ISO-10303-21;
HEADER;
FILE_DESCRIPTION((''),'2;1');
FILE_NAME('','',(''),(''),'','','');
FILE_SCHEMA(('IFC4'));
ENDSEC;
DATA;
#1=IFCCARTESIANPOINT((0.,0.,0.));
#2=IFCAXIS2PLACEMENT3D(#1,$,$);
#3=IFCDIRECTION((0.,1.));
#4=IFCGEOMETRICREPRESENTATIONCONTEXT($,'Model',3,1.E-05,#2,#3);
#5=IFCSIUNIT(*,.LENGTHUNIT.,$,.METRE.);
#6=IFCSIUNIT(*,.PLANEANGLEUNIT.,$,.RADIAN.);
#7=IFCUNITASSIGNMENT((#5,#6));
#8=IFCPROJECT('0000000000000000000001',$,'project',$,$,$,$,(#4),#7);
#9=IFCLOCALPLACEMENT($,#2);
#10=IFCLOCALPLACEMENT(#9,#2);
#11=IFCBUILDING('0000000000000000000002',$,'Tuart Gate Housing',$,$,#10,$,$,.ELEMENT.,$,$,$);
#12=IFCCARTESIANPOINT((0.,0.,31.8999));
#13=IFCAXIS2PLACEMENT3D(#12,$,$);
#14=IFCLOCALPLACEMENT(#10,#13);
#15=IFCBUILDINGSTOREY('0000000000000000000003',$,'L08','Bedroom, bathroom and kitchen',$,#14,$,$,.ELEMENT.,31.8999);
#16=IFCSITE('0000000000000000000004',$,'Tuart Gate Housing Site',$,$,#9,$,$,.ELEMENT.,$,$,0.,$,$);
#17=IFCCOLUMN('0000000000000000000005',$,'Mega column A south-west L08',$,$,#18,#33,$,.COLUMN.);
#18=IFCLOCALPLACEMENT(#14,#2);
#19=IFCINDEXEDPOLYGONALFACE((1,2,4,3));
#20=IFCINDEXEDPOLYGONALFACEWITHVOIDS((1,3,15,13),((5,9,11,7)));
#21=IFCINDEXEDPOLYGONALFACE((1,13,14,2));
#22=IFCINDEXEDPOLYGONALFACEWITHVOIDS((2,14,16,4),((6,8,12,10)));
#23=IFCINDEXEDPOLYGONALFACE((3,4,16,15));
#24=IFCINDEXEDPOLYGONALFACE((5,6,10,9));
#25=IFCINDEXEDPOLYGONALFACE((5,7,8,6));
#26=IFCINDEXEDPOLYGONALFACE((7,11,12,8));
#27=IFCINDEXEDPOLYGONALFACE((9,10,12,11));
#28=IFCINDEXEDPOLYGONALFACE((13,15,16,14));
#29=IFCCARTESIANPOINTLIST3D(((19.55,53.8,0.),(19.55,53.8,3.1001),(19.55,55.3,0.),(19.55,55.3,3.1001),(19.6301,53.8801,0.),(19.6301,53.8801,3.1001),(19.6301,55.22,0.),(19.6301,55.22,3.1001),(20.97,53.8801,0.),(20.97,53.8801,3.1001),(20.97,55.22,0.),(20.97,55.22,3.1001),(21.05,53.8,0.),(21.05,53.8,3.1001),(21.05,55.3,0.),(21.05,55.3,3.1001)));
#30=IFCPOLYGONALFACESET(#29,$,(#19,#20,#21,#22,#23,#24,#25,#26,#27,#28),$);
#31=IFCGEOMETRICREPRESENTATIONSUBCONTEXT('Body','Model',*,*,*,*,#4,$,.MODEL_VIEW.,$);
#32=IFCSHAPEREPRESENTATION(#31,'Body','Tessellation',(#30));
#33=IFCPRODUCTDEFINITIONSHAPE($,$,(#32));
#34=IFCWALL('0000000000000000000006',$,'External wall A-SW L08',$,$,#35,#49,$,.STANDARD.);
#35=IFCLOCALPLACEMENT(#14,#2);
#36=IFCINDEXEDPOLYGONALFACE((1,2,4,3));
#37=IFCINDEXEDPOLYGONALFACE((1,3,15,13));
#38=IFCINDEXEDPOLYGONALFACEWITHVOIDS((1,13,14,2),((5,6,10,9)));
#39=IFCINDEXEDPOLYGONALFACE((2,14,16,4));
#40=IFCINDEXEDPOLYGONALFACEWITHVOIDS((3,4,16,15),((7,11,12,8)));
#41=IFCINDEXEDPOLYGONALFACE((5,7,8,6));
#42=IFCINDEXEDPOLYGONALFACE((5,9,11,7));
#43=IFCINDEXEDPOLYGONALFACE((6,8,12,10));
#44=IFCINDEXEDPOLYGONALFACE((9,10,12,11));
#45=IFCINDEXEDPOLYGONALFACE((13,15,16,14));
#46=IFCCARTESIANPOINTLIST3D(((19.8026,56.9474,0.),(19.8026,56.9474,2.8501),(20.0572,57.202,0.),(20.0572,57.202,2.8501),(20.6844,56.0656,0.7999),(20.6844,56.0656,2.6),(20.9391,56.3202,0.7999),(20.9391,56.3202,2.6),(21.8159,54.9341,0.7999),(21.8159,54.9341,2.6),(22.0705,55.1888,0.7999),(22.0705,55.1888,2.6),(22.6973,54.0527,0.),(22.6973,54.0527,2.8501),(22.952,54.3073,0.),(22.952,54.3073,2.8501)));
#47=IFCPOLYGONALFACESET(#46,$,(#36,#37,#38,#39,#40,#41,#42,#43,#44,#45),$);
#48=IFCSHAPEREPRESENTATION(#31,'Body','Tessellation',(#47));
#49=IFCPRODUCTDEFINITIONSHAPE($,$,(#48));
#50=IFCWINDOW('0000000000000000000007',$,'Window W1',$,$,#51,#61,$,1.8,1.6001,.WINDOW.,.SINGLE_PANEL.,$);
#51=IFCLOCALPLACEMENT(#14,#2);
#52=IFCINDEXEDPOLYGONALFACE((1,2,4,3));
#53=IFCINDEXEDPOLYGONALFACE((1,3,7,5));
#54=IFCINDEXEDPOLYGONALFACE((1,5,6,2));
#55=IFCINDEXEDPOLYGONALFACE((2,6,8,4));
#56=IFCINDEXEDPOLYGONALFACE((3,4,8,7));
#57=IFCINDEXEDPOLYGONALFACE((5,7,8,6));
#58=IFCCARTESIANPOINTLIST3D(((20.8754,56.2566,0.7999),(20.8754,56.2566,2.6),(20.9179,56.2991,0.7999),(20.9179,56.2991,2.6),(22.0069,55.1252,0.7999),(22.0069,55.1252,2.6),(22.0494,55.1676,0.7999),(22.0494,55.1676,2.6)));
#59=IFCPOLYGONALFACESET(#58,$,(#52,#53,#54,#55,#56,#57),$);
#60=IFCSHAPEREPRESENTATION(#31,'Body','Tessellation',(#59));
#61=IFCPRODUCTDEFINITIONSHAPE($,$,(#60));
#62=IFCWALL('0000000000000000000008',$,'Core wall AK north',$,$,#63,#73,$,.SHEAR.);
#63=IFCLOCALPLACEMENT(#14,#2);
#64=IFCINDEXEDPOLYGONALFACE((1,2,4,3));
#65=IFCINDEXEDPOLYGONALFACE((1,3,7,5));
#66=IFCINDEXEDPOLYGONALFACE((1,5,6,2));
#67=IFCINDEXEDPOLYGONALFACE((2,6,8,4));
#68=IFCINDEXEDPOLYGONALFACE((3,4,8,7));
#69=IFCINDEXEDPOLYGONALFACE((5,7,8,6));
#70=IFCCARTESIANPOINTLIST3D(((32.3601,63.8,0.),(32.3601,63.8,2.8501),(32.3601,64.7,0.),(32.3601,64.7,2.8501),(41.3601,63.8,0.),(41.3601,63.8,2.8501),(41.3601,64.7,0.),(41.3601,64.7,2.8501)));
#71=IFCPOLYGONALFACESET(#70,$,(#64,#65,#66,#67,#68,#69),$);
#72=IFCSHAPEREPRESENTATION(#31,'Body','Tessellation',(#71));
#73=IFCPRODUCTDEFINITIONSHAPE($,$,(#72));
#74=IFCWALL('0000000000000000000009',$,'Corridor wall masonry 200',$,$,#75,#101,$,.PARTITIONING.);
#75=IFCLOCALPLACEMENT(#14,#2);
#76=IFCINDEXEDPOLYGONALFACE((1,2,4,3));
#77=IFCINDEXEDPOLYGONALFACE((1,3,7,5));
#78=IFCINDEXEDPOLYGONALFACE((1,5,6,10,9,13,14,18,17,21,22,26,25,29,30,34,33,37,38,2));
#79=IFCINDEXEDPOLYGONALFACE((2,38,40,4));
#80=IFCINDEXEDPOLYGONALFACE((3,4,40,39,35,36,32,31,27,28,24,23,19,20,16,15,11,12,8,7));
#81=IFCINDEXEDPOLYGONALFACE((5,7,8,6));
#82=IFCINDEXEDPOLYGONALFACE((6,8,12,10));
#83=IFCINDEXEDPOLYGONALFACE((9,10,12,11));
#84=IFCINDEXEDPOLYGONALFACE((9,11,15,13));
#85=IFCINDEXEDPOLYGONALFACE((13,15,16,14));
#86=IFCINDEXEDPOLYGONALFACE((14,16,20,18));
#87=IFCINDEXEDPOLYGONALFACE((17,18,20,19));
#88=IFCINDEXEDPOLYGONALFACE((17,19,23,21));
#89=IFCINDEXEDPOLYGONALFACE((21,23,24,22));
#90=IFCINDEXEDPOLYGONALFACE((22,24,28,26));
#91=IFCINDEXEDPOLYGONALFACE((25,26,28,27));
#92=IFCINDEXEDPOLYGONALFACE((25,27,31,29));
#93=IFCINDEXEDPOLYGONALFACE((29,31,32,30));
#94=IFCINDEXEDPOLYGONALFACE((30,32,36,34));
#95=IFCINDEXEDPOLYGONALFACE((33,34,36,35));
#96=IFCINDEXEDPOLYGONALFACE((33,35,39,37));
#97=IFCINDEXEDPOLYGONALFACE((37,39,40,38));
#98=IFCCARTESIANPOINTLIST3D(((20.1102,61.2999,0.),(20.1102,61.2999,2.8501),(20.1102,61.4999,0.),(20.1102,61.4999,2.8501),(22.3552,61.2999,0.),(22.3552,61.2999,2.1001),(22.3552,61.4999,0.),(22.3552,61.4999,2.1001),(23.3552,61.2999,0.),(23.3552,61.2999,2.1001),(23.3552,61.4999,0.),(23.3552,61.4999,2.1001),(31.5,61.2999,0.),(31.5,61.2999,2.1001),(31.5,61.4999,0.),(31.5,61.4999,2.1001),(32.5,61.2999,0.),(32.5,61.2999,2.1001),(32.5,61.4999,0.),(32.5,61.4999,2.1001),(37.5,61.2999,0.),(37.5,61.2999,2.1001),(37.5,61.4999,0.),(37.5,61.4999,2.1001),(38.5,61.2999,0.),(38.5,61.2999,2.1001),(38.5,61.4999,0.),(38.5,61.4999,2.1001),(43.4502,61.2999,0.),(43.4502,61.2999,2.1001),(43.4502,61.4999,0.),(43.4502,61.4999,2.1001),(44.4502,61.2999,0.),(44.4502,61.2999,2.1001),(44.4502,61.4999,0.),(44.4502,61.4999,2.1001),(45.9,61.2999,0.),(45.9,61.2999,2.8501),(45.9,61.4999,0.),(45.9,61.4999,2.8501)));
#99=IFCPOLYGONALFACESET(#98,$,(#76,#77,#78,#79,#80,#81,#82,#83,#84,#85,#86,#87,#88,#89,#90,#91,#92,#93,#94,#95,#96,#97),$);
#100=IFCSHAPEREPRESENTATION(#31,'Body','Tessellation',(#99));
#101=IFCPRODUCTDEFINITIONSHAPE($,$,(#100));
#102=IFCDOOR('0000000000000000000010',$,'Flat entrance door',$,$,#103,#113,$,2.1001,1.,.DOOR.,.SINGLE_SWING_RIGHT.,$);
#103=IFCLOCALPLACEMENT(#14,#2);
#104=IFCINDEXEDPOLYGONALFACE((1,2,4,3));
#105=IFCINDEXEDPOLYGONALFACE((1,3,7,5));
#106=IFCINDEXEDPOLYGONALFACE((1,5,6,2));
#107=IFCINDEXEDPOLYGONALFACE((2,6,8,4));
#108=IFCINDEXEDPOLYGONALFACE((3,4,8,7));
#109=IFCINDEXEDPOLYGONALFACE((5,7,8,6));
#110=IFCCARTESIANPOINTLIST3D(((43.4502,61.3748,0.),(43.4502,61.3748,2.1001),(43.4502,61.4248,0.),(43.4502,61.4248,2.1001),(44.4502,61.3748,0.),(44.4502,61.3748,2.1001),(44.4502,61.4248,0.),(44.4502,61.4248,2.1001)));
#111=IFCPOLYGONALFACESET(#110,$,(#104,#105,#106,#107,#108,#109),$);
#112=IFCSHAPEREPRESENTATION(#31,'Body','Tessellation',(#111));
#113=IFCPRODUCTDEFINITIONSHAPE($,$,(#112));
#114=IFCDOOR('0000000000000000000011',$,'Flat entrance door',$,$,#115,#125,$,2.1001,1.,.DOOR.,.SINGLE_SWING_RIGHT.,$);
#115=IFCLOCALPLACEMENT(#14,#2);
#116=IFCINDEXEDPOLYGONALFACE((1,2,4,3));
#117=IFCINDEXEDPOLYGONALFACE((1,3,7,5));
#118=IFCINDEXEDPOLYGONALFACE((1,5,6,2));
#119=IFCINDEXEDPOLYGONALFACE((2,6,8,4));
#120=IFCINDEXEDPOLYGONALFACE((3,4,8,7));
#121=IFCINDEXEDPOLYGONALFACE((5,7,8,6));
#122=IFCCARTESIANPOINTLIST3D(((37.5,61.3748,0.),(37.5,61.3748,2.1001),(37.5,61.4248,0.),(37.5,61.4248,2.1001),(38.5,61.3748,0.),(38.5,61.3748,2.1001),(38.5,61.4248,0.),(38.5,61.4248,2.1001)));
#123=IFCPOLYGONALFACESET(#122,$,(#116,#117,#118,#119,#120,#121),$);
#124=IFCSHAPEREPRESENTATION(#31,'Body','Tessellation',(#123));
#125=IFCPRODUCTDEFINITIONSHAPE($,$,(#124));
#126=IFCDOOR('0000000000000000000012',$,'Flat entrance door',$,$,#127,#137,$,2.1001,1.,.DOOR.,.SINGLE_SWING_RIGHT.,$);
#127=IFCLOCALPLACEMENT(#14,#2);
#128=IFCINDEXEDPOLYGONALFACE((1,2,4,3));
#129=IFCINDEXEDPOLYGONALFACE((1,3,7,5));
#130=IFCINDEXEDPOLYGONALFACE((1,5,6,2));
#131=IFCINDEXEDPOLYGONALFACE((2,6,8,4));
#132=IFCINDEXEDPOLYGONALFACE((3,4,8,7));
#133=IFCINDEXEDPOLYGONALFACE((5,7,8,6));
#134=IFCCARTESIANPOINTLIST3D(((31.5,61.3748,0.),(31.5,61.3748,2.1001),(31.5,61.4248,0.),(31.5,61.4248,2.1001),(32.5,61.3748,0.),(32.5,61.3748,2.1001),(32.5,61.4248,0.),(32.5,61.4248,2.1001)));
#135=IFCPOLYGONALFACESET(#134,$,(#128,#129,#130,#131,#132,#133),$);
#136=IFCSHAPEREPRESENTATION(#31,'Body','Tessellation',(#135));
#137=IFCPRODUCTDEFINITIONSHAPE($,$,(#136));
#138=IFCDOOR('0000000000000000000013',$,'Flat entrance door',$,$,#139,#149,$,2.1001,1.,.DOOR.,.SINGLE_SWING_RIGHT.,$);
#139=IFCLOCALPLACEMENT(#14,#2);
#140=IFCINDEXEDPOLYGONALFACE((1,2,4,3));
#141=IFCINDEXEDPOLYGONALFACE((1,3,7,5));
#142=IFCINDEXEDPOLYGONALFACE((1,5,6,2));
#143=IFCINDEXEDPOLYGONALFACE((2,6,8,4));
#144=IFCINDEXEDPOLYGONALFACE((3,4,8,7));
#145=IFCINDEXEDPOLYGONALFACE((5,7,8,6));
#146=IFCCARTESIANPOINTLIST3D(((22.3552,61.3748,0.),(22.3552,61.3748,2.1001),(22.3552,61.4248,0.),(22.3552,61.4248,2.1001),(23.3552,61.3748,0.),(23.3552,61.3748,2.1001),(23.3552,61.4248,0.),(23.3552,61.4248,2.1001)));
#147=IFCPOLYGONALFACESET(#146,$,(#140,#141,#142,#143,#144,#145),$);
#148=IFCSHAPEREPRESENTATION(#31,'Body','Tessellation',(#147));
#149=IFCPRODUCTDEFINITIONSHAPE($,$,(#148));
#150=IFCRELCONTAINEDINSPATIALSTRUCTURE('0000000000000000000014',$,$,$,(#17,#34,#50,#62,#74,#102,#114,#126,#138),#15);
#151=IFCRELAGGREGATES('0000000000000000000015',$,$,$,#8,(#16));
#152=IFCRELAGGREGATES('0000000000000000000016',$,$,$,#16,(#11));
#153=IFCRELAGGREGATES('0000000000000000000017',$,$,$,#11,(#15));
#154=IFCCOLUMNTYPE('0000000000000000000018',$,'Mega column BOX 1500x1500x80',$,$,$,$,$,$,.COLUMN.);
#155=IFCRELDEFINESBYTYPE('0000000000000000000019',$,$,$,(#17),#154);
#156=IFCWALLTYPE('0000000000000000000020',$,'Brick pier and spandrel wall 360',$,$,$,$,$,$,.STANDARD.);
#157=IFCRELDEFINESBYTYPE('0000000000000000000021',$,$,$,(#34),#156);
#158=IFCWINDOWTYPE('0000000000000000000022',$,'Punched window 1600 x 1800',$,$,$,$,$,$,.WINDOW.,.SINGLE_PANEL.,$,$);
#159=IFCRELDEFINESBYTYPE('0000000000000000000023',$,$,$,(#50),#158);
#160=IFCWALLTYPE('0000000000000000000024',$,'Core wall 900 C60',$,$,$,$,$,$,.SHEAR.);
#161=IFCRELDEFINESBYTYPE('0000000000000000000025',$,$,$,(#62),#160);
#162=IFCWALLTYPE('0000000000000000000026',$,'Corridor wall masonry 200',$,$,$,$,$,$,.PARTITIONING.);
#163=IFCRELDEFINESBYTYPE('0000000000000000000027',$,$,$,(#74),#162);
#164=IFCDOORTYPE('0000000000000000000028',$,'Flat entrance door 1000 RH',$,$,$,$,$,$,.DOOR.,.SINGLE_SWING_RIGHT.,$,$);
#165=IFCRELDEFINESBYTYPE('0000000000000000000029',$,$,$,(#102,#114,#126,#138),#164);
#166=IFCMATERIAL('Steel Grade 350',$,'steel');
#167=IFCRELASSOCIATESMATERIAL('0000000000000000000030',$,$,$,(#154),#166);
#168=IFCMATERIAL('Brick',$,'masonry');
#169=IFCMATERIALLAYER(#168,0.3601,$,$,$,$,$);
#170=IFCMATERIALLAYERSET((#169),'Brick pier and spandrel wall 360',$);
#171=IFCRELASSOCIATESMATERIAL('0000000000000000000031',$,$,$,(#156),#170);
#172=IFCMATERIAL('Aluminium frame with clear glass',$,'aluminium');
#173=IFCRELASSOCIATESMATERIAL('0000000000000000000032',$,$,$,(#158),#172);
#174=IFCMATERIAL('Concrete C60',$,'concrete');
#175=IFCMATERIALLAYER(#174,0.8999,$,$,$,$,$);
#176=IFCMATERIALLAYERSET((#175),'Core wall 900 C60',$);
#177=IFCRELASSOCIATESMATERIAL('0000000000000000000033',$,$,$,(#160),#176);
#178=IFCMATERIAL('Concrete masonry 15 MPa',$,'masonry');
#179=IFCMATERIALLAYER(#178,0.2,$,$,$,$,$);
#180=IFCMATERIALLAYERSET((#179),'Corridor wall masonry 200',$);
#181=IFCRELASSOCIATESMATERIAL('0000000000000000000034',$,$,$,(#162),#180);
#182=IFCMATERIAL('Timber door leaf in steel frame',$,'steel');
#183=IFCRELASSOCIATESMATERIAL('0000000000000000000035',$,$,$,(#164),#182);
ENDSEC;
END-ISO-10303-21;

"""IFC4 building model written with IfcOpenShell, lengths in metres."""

from ifc_helpers import new_model, si_unit, direction, frame, frame_2d, origin, origin_2d, place, context, subcontext, project, spatial, rectangle, hollow_rectangle, extrude, material, layer, layer_set, material_profile, profile_set, type_object, element, fill, save


model = new_model("IFC4")

# Units and contexts
model_context = context("Model", 3, precision=1e-05, world=origin(), true_north=direction((0.0, 1.0)))
body_context = subcontext(model_context, "Body", "Model", "MODEL_VIEW")
ifc_project = project(units=[si_unit("LENGTHUNIT", "METRE"), si_unit("PLANEANGLEUNIT", "RADIAN")], contexts=[model_context])

# Site, building, storey
site_placement = place(None, origin())
site = spatial("IfcSite", under=ifc_project, at=site_placement, Name="Tuart Gate Housing Site", CompositionType="ELEMENT", RefElevation=0.0)
building_placement = place(site_placement, origin())
building = spatial("IfcBuilding", under=site, at=building_placement, Name="Tuart Gate Housing", CompositionType="ELEMENT")
storey_placement = place(building_placement, frame((0.0, 0.0, 31.8999)))
storey = spatial("IfcBuildingStorey", under=building, at=storey_placement, Name="L08", Description="Bedroom, bathroom and kitchen", CompositionType="ELEMENT", Elevation=31.8999)

# Column
ifc_material_1 = material(Name="Steel Grade 350", Category="steel")
ifc_material_profile = material_profile(ifc_material_1, hollow_rectangle(XDim=1.5, YDim=1.5, WallThickness=0.0801, at=origin_2d()), Name="BOX 1500x1500x80")
ifc_profile_set = profile_set([ifc_material_profile], Name="Steel Grade 350")
column_type = type_object("IfcColumnType", Name="Mega column BOX 1500x1500x80", PredefinedType="COLUMN", material=ifc_profile_set)
column_placement = place(storey_placement, frame((20.3, 54.55, 0.0), z_axis=(0.0, 0.0, 1.0), x_axis=(1.0, 0.0, 0.0)))
element("IfcColumn", 1, at=column_placement, inside=storey, type_object=column_type, Name="Mega column A south-west L08", PredefinedType="COLUMN", context=body_context, shape_type="SweptSolid", body=[
    extrude(hollow_rectangle(XDim=1.5, YDim=1.5, WallThickness=0.0801, at=origin_2d()), origin(), (0.0, 0.0, 1.0), 3.1001),
])

# Wall, opening, window
ifc_material_2 = material(Name="Brick", Category="masonry")
ifc_layer_1 = layer(ifc_material_2, 0.3601)
ifc_layer_set_1 = layer_set([ifc_layer_1], Name="Brick pier and spandrel wall 360")
wall_type_1 = type_object("IfcWallType", Name="Brick pier and spandrel wall 360", PredefinedType="STANDARD", material=ifc_layer_set_1)
wall_1_placement = place(storey_placement, frame((19.9299, 57.0747, 0.0), z_axis=(0.0, 0.0, 1.0), x_axis=(0.707107, -0.707107, 0.0)))
wall_1 = element("IfcWall", 2, at=wall_1_placement, inside=storey, type_object=wall_type_1, Name="External wall A-SW L08", PredefinedType="STANDARD", context=body_context, shape_type="SweptSolid", body=[
    extrude(rectangle(XDim=4.0938, YDim=0.3601, at=frame_2d((2.0469, 0.0))), origin(), (0.0, 0.0, 1.0), 2.8501),
])
opening_1_placement = place(wall_1_placement, frame((1.2471, 0.0, 0.8)))
opening_1 = element("IfcOpeningElement", 3, at=opening_1_placement, cuts=wall_1, PredefinedType="OPENING", context=body_context, shape_type="SweptSolid", body=[
    extrude(rectangle(XDim=1.6001, YDim=1.8, at=frame_2d((0.8, 0.8999))), frame((0.0, 0.1899, 0.0), z_axis=(0.0, -1.0, 0.0), x_axis=(1.0, 0.0, 0.0)), (0.0, 0.0, 1.0), 0.3801),
])
ifc_material_3 = material(Name="Aluminium frame with clear glass", Category="aluminium")
window_type = type_object("IfcWindowType", Name="Punched window 1600 x 1800", PartitioningType="SINGLE_PANEL", PredefinedType="WINDOW", material=ifc_material_3)
window_placement = place(opening_1_placement, origin())
window = element("IfcWindow", 4, at=window_placement, inside=storey, type_object=window_type, Name="Window W1", OverallHeight=1.8, OverallWidth=1.6001, PartitioningType="SINGLE_PANEL", PredefinedType="WINDOW", context=body_context, shape_type="SweptSolid", body=[
    extrude(rectangle(XDim=1.6001, YDim=1.8, at=frame_2d((0.8, 0.8999))), frame((0.0, 0.1501, 0.0), z_axis=(0.0, -1.0, 0.0), x_axis=(1.0, 0.0, 0.0)), (0.0, 0.0, 1.0), 0.0601),
])
fill(opening_1, window)

# Wall
ifc_material_4 = material(Name="Concrete C60", Category="concrete")
ifc_layer_2 = layer(ifc_material_4, 0.8999)
ifc_layer_set_2 = layer_set([ifc_layer_2], Name="Core wall 900 C60")
wall_type_2 = type_object("IfcWallType", Name="Core wall 900 C60", PredefinedType="SHEAR", material=ifc_layer_set_2)
wall_2_placement = place(storey_placement, frame((41.3601, 64.25, 0.0), z_axis=(0.0, 0.0, 1.0), x_axis=(-1.0, 0.0, 0.0)))
element("IfcWall", 5, at=wall_2_placement, inside=storey, type_object=wall_type_2, Name="Core wall AK north", PredefinedType="SHEAR", context=body_context, shape_type="SweptSolid", body=[
    extrude(rectangle(XDim=9.0, YDim=0.8999, at=frame_2d((4.5, 0.0))), origin(), (0.0, 0.0, 1.0), 2.8501),
])

# Wall, openings, doors
ifc_material_5 = material(Name="Concrete masonry 15 MPa", Category="masonry")
ifc_layer_3 = layer(ifc_material_5, 0.2)
ifc_layer_set_3 = layer_set([ifc_layer_3], Name="Corridor wall masonry 200")
wall_type_3 = type_object("IfcWallType", Name="Corridor wall masonry 200", PredefinedType="PARTITIONING", material=ifc_layer_set_3)
wall_3_placement = place(storey_placement, frame((20.1101, 61.3999, 0.0), z_axis=(0.0, 0.0, 1.0), x_axis=(1.0, 0.0, 0.0)))
wall_3 = element("IfcWall", 6, at=wall_3_placement, inside=storey, type_object=wall_type_3, Name="Corridor wall masonry 200", PredefinedType="PARTITIONING", context=body_context, shape_type="SweptSolid", body=[
    extrude(rectangle(XDim=25.7898, YDim=0.2, at=frame_2d((12.895, 0.0))), origin(), (0.0, 0.0, 1.0), 2.8501),
])
opening_2_placement = place(wall_3_placement, frame((23.3401, 0.0, 0.0)))
opening_2 = element("IfcOpeningElement", 7, at=opening_2_placement, cuts=wall_3, PredefinedType="OPENING", context=body_context, shape_type="SweptSolid", body=[
    extrude(rectangle(XDim=1.0, YDim=2.1001, at=frame_2d((0.5, 1.05))), frame((0.0, 0.1099, 0.0), z_axis=(0.0, -1.0, 0.0), x_axis=(1.0, 0.0, 0.0)), (0.0, 0.0, 1.0), 0.22),
])
opening_3_placement = place(wall_3_placement, frame((17.3899, 0.0, 0.0)))
opening_3 = element("IfcOpeningElement", 8, at=opening_3_placement, cuts=wall_3, PredefinedType="OPENING", context=body_context, shape_type="SweptSolid", body=[
    extrude(rectangle(XDim=1.0, YDim=2.1001, at=frame_2d((0.5, 1.05))), frame((0.0, 0.1099, 0.0), z_axis=(0.0, -1.0, 0.0), x_axis=(1.0, 0.0, 0.0)), (0.0, 0.0, 1.0), 0.22),
])
opening_4_placement = place(wall_3_placement, frame((11.3899, 0.0, 0.0)))
opening_4 = element("IfcOpeningElement", 9, at=opening_4_placement, cuts=wall_3, PredefinedType="OPENING", context=body_context, shape_type="SweptSolid", body=[
    extrude(rectangle(XDim=1.0, YDim=2.1001, at=frame_2d((0.5, 1.05))), frame((0.0, 0.1099, 0.0), z_axis=(0.0, -1.0, 0.0), x_axis=(1.0, 0.0, 0.0)), (0.0, 0.0, 1.0), 0.22),
])
opening_5_placement = place(wall_3_placement, frame((2.2451, 0.0, 0.0)))
opening_5 = element("IfcOpeningElement", 10, at=opening_5_placement, cuts=wall_3, PredefinedType="OPENING", context=body_context, shape_type="SweptSolid", body=[
    extrude(rectangle(XDim=1.0, YDim=2.1001, at=frame_2d((0.5, 1.05))), frame((0.0, 0.1099, 0.0), z_axis=(0.0, -1.0, 0.0), x_axis=(1.0, 0.0, 0.0)), (0.0, 0.0, 1.0), 0.22),
])
ifc_material_6 = material(Name="Timber door leaf in steel frame", Category="steel")
door_type_1 = type_object("IfcDoorType", Name="Flat entrance door 1000 RH", OperationType="SINGLE_SWING_RIGHT", PredefinedType="DOOR", material=ifc_material_6)
door_1_placement = place(opening_2_placement, frame((1.0, 0.0, 0.0), z_axis=(0.0, 0.0, 1.0), x_axis=(-1.0, 0.0, 0.0)))
door_1 = element("IfcDoor", 11, at=door_1_placement, inside=storey, type_object=door_type_1, Name="Flat entrance door", OperationType="SINGLE_SWING_RIGHT", OverallHeight=2.1001, OverallWidth=1.0, PredefinedType="DOOR", context=body_context, shape_type="SweptSolid", body=[
    extrude(rectangle(XDim=1.0, YDim=2.1001, at=frame_2d((0.5, 1.05))), frame((0.0, 0.0251, 0.0), z_axis=(0.0, -1.0, 0.0), x_axis=(1.0, 0.0, 0.0)), (0.0, 0.0, 1.0), 0.05),
])
fill(opening_2, door_1)
door_2_placement = place(opening_3_placement, frame((1.0, 0.0, 0.0), z_axis=(0.0, 0.0, 1.0), x_axis=(-1.0, 0.0, 0.0)))
door_2 = element("IfcDoor", 12, at=door_2_placement, inside=storey, type_object=door_type_1, Name="Flat entrance door", OperationType="SINGLE_SWING_RIGHT", OverallHeight=2.1001, OverallWidth=1.0, PredefinedType="DOOR", context=body_context, shape_type="SweptSolid", body=[
    extrude(rectangle(XDim=1.0, YDim=2.1001, at=frame_2d((0.5, 1.05))), frame((0.0, 0.0251, 0.0), z_axis=(0.0, -1.0, 0.0), x_axis=(1.0, 0.0, 0.0)), (0.0, 0.0, 1.0), 0.05),
])
fill(opening_3, door_2)
door_3_placement = place(opening_4_placement, frame((1.0, 0.0, 0.0), z_axis=(0.0, 0.0, 1.0), x_axis=(-1.0, 0.0, 0.0)))
door_3 = element("IfcDoor", 13, at=door_3_placement, inside=storey, type_object=door_type_1, Name="Flat entrance door", OperationType="SINGLE_SWING_RIGHT", OverallHeight=2.1001, OverallWidth=1.0, PredefinedType="DOOR", context=body_context, shape_type="SweptSolid", body=[
    extrude(rectangle(XDim=1.0, YDim=2.1001, at=frame_2d((0.5, 1.05))), frame((0.0, 0.0251, 0.0), z_axis=(0.0, -1.0, 0.0), x_axis=(1.0, 0.0, 0.0)), (0.0, 0.0, 1.0), 0.05),
])
fill(opening_4, door_3)
door_4_placement = place(opening_5_placement, frame((1.0, 0.0, 0.0), z_axis=(0.0, 0.0, 1.0), x_axis=(-1.0, 0.0, 0.0)))
door_4 = element("IfcDoor", 14, at=door_4_placement, inside=storey, type_object=door_type_1, Name="Flat entrance door", OperationType="SINGLE_SWING_RIGHT", OverallHeight=2.1001, OverallWidth=1.0, PredefinedType="DOOR", context=body_context, shape_type="SweptSolid", body=[
    extrude(rectangle(XDim=1.0, YDim=2.1001, at=frame_2d((0.5, 1.05))), frame((0.0, 0.0251, 0.0), z_axis=(0.0, -1.0, 0.0), x_axis=(1.0, 0.0, 0.0)), (0.0, 0.0, 1.0), 0.05),
])
fill(opening_5, door_4)

save(model, "model.ifc")
